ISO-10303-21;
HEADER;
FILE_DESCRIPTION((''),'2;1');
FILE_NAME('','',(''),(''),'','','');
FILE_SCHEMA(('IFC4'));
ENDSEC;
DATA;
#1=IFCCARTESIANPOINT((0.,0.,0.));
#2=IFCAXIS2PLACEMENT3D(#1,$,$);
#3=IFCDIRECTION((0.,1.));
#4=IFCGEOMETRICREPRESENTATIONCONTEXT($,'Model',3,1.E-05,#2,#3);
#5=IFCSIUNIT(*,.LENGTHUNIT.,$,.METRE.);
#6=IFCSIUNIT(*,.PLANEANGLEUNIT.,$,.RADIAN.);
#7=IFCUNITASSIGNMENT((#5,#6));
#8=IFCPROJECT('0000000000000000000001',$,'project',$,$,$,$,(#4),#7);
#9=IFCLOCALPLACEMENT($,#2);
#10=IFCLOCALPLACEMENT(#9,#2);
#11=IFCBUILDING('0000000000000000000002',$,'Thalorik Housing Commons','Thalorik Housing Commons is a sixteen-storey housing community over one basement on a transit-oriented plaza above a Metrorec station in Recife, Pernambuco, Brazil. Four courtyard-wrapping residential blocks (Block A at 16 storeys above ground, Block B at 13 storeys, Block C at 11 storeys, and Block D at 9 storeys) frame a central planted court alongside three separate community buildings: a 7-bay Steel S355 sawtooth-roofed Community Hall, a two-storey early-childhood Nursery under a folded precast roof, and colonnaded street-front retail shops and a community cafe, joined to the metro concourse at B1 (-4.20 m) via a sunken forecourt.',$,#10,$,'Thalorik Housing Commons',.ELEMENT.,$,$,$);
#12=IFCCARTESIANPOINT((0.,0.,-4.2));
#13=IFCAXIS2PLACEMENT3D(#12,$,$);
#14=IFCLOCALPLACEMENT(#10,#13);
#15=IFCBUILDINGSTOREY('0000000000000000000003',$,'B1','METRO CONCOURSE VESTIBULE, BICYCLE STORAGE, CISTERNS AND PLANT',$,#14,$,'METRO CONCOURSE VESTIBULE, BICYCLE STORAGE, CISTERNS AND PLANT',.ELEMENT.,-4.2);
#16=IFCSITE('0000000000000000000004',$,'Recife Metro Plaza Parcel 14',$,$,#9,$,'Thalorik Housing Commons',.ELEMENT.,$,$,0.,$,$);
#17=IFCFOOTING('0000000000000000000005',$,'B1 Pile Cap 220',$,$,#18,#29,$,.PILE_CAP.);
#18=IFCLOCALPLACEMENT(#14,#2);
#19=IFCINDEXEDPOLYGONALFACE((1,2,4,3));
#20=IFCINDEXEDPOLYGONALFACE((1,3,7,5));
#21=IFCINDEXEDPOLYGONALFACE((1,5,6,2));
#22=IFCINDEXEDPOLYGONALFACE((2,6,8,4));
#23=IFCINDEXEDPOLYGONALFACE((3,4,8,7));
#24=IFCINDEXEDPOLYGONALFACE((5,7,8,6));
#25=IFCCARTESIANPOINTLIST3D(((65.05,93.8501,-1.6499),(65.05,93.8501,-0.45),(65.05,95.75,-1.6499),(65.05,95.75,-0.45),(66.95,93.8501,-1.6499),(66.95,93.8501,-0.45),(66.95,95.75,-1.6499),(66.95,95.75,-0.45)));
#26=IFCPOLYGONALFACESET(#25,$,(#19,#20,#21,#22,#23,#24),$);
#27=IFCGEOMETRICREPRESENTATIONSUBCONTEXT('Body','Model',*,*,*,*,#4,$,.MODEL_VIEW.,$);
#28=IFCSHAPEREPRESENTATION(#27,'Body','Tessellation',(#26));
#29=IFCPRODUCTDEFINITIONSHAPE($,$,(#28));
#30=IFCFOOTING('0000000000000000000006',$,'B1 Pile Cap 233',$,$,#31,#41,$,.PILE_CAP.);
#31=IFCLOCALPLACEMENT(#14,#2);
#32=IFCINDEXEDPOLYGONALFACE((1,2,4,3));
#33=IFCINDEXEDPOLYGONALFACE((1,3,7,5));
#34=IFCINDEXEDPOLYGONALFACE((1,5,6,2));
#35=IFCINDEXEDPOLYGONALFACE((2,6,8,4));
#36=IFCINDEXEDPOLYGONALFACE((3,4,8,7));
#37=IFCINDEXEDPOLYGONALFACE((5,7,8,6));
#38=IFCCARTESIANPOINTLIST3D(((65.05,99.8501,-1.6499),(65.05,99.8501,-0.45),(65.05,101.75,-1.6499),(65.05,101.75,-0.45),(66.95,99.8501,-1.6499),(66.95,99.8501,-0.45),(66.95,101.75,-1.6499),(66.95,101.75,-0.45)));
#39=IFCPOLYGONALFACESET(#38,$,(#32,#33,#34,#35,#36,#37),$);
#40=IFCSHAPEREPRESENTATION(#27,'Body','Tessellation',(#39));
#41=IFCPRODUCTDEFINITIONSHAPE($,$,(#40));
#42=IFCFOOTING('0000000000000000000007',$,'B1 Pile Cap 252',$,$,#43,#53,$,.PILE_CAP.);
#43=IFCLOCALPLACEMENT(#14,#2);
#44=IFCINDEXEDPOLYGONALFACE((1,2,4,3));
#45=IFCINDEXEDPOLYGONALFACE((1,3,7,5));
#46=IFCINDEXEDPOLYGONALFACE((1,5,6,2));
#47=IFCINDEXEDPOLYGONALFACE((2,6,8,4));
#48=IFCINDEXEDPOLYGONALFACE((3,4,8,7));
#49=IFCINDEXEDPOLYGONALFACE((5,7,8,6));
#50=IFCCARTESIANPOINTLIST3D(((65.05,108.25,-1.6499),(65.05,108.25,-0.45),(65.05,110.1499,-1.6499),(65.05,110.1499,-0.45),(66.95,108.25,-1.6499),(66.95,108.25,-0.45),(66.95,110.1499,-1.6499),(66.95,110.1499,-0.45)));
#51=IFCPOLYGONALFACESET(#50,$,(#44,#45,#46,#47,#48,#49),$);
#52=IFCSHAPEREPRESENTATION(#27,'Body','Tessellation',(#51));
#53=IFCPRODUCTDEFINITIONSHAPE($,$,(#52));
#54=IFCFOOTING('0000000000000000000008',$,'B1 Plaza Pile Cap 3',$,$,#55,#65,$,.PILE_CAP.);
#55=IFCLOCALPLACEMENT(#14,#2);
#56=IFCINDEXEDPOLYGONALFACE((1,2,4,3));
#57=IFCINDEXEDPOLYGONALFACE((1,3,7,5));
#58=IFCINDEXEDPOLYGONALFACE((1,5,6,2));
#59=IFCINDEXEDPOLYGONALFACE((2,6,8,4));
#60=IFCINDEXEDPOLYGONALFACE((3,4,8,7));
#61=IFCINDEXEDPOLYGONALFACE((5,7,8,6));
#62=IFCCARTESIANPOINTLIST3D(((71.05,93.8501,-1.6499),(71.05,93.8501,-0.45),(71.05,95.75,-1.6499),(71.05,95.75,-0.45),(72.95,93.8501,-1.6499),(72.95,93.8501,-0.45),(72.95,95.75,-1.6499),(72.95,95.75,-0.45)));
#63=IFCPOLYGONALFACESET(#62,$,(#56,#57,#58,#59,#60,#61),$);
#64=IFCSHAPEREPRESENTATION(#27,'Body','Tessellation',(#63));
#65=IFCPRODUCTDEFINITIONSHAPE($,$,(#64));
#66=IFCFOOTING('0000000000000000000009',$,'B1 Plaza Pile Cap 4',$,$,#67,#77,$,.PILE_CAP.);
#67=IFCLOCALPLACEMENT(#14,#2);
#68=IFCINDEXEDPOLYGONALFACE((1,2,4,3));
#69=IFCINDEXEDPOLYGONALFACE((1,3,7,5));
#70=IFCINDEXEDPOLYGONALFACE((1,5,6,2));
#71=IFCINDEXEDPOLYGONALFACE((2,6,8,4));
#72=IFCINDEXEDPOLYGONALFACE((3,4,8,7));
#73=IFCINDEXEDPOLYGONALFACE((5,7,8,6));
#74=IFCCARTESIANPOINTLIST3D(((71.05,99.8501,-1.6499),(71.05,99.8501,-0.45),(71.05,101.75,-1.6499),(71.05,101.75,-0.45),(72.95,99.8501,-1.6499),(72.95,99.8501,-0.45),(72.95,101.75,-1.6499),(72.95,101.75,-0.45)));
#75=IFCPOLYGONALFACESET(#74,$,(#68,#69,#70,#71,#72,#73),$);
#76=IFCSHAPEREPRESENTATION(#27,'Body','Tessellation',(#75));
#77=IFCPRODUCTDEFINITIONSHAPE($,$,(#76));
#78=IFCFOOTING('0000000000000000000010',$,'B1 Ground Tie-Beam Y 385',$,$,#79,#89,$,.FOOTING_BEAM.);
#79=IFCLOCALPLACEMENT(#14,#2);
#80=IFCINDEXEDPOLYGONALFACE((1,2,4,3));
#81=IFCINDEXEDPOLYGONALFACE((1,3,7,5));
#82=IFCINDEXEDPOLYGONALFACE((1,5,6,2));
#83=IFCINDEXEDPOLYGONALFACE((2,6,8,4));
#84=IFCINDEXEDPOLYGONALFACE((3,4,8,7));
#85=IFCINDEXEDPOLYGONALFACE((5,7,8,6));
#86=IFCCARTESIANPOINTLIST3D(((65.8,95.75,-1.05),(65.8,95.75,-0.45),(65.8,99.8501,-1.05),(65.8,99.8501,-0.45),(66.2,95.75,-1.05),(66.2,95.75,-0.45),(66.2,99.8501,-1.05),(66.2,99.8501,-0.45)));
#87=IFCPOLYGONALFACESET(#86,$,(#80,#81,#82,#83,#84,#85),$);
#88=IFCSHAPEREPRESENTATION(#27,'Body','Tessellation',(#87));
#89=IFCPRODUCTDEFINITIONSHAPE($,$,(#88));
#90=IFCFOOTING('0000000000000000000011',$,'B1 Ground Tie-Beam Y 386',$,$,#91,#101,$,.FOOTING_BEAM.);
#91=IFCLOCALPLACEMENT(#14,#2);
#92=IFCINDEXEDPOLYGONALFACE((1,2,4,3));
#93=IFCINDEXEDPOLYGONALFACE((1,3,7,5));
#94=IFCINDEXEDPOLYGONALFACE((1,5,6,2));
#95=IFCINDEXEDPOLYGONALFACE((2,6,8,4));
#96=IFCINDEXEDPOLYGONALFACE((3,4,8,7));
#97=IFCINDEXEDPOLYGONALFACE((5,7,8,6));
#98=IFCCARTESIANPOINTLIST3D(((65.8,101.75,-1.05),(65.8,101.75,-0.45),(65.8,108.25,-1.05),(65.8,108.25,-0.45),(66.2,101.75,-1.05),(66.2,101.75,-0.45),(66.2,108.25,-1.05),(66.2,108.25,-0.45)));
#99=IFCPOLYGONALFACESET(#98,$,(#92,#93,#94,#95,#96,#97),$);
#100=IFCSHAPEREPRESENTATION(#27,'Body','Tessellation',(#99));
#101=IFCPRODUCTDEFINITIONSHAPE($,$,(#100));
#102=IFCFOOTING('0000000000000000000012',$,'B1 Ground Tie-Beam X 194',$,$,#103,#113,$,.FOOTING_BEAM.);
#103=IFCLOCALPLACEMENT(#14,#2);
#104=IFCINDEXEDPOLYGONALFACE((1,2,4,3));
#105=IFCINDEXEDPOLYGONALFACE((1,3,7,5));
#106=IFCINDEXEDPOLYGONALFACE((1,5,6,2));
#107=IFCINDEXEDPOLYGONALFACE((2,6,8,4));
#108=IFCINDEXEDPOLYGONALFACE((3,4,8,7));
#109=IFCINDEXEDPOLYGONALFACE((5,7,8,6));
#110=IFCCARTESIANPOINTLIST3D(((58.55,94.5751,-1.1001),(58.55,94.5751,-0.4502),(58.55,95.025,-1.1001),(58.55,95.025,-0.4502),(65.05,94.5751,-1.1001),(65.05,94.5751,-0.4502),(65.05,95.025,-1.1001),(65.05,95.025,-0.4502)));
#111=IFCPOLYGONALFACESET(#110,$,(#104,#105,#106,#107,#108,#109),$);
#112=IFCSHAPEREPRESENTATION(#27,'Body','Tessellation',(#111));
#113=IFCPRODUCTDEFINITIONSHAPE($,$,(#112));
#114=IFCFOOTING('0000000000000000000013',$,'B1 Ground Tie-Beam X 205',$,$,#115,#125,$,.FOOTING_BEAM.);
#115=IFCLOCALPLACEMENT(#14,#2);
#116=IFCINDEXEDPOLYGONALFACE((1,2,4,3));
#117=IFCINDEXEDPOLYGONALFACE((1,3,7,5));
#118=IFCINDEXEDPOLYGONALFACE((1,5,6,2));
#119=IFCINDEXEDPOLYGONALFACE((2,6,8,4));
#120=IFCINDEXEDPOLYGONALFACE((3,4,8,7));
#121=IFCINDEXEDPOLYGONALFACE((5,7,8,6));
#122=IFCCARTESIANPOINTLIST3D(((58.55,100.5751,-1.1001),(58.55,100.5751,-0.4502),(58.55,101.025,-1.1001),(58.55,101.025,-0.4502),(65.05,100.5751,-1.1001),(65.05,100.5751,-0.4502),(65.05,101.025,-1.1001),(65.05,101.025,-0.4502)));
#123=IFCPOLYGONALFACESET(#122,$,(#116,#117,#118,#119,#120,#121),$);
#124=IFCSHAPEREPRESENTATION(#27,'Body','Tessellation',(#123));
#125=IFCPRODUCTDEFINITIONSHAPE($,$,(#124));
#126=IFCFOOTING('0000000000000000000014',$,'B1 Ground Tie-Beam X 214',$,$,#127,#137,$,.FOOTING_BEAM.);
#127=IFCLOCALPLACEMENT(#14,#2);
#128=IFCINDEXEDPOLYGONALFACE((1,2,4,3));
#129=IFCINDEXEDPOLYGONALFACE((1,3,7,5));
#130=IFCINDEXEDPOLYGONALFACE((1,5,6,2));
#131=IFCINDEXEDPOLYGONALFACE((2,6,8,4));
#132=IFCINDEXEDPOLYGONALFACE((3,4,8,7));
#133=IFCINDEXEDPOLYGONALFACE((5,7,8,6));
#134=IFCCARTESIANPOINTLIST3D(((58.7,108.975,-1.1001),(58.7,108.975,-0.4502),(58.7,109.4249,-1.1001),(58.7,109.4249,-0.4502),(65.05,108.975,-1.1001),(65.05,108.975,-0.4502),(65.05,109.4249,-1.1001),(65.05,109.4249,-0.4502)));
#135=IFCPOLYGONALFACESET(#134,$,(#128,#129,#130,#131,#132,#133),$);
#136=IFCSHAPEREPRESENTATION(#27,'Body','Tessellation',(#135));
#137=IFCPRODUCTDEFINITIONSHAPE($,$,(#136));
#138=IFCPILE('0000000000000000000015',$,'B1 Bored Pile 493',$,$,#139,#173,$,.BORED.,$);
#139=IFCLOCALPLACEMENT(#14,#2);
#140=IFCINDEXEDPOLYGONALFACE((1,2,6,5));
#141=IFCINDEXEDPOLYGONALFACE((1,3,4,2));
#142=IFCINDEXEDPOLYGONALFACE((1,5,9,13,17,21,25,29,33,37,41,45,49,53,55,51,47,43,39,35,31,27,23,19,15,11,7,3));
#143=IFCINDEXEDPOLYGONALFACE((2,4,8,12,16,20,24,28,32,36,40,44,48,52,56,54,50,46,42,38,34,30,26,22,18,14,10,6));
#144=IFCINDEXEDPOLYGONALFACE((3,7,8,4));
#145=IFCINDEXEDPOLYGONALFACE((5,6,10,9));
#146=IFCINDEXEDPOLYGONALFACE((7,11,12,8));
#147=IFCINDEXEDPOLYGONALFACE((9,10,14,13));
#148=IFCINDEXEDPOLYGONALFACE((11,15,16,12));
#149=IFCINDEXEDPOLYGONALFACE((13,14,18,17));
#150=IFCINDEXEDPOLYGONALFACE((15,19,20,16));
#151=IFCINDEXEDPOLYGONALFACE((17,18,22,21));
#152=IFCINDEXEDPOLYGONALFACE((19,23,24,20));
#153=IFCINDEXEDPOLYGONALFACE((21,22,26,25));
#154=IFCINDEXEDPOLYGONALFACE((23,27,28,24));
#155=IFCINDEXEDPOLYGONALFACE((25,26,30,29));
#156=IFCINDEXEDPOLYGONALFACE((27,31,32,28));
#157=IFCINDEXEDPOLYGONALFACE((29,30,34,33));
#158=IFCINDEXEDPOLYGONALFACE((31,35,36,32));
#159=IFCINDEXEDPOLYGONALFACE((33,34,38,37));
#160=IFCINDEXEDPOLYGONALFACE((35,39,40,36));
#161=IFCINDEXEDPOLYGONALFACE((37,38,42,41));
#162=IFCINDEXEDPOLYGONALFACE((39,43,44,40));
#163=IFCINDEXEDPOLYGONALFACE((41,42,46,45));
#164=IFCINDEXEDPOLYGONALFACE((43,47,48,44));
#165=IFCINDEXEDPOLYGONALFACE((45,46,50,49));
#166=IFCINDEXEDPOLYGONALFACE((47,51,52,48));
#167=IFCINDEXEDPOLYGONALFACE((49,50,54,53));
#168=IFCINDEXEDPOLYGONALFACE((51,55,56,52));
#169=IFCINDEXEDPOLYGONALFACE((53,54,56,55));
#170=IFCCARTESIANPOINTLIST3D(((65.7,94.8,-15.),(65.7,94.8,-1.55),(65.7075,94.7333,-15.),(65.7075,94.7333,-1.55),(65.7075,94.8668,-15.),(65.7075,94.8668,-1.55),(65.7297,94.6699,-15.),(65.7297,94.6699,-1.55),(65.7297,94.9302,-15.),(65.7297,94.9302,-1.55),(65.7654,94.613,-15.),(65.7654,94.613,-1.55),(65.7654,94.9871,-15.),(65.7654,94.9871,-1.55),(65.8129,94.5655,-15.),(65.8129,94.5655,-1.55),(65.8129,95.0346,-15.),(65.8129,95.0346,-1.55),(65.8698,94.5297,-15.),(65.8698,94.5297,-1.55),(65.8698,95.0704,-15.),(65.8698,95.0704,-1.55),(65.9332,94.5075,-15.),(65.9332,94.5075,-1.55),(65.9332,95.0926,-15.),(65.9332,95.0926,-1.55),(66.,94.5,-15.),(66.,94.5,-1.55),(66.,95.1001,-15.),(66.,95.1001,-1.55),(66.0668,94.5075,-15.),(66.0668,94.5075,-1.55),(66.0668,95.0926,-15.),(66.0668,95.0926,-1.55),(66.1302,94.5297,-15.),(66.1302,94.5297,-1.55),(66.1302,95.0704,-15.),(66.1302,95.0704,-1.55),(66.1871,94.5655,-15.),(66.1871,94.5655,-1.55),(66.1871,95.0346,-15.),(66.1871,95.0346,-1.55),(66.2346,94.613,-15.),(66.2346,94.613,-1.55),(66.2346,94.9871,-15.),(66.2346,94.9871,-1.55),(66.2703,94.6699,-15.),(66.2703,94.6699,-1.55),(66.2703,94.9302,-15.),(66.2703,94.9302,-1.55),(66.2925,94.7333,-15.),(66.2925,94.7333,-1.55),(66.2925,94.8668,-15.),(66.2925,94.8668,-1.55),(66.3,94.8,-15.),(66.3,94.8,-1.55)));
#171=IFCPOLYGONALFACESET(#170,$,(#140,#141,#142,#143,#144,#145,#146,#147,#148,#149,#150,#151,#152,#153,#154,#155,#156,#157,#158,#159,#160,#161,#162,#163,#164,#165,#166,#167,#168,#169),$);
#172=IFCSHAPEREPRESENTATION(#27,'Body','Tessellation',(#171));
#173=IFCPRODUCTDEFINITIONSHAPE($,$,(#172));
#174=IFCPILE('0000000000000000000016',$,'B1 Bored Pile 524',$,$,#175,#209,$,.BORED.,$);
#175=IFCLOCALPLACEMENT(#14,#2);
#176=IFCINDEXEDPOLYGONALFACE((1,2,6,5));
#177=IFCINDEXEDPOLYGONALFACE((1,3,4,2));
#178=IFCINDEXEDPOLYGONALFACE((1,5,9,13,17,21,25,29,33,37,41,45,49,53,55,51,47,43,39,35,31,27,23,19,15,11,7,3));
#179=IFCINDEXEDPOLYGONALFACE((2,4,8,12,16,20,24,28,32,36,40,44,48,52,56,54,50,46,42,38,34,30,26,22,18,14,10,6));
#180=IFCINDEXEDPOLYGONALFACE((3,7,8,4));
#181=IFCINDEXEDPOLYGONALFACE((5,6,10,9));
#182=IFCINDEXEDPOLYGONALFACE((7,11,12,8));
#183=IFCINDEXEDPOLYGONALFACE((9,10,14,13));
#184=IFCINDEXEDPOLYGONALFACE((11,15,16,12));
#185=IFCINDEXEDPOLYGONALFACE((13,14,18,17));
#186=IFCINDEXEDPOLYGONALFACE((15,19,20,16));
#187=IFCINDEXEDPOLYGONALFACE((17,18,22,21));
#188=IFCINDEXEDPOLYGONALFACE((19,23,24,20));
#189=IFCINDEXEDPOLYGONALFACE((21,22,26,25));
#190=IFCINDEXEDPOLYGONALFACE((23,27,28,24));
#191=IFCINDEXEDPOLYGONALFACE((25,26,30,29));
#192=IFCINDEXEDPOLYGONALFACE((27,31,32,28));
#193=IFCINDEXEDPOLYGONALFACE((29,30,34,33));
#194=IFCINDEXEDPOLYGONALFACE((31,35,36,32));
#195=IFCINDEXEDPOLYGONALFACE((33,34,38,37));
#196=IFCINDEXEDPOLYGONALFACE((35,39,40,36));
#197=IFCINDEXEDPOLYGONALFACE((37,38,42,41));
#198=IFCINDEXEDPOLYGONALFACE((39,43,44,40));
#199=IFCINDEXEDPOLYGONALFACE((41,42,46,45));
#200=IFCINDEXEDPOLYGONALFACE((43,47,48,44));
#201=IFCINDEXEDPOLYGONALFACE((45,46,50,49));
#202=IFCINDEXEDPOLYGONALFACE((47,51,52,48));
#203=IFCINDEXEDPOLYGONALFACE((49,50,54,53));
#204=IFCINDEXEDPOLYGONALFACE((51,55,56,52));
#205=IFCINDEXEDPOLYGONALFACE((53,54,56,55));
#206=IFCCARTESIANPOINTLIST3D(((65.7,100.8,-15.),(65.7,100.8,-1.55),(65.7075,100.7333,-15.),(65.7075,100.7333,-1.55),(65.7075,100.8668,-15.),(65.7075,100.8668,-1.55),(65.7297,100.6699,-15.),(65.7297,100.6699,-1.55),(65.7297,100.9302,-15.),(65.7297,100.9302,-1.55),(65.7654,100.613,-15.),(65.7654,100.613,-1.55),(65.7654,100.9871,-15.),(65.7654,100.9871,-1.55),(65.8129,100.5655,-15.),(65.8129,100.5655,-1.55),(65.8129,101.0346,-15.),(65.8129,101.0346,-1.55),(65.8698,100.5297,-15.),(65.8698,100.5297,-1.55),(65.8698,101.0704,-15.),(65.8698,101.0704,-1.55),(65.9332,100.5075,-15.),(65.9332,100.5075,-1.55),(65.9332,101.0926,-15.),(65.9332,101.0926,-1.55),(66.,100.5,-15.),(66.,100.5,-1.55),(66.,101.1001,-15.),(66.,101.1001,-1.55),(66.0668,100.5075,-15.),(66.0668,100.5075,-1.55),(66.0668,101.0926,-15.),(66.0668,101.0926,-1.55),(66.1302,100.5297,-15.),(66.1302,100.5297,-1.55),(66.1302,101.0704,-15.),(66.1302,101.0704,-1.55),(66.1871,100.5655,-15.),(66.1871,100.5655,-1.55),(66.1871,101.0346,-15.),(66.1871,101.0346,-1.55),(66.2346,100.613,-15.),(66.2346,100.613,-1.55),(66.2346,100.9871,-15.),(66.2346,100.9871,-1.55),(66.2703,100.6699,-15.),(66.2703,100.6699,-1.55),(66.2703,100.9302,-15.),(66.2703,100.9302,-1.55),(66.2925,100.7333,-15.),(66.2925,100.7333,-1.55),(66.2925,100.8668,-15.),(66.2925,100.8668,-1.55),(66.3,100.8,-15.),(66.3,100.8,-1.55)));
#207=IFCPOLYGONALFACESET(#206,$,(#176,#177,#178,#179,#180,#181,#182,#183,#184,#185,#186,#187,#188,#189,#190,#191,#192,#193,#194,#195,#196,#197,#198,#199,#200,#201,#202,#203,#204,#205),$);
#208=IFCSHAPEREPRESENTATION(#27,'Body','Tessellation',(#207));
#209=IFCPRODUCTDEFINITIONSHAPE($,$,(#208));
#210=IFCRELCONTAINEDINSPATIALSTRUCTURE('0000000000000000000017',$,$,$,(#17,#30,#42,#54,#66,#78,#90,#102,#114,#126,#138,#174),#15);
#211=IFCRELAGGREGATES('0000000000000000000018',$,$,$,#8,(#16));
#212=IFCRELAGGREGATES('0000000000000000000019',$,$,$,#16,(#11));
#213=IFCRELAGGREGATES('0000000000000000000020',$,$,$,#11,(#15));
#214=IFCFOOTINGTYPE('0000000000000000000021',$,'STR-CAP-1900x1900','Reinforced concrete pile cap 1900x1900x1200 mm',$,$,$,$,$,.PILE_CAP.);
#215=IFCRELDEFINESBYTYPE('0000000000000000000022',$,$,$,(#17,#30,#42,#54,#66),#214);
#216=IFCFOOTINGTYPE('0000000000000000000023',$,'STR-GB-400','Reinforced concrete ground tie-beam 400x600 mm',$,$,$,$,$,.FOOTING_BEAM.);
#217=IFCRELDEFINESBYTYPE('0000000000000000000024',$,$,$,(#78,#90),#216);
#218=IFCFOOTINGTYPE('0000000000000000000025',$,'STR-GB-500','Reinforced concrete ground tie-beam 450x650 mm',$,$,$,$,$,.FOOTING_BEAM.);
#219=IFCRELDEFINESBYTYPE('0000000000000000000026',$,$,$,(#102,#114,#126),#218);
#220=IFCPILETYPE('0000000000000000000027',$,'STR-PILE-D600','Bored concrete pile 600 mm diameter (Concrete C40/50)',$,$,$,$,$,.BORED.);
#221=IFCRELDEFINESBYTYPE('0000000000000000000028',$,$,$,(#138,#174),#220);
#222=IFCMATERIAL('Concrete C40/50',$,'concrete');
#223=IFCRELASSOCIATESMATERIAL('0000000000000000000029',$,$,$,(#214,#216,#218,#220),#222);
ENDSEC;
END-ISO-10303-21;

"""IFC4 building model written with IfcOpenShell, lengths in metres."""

from ifc_helpers import new_model, si_unit, direction, frame, origin, origin_2d, place, context, subcontext, project, spatial, rectangle, circle, extrude, material, material_profile, profile_set, type_object, element, save


model = new_model("IFC4")

# Units and contexts
model_context = context("Model", 3, precision=1e-05, world=origin(), true_north=direction((0.0, 1.0)))
body_context = subcontext(model_context, "Body", "Model", "MODEL_VIEW")
ifc_project = project(units=[si_unit("LENGTHUNIT", "METRE"), si_unit("PLANEANGLEUNIT", "RADIAN")], contexts=[model_context])

# Site, building, storey
site_placement = place(None, origin())
site = spatial("IfcSite", under=ifc_project, at=site_placement, Name="Recife Metro Plaza Parcel 14", LongName="Thalorik Housing Commons", CompositionType="ELEMENT", RefElevation=0.0)
building_placement = place(site_placement, origin())
building = spatial("IfcBuilding", under=site, at=building_placement, Name="Thalorik Housing Commons", Description="Thalorik Housing Commons is a sixteen-storey housing community over one basement on a transit-oriented plaza above a Metrorec station in Recife, Pernambuco, Brazil. Four courtyard-wrapping residential blocks (Block A at 16 storeys above ground, Block B at 13 storeys, Block C at 11 storeys, and Block D at 9 storeys) frame a central planted court alongside three separate community buildings: a 7-bay Steel S355 sawtooth-roofed Community Hall, a two-storey early-childhood Nursery under a folded precast roof, and colonnaded street-front retail shops and a community cafe, joined to the metro concourse at B1 (-4.20 m) via a sunken forecourt.", LongName="Thalorik Housing Commons", CompositionType="ELEMENT")
storey_placement = place(building_placement, frame((0.0, 0.0, -4.2)))
storey = spatial("IfcBuildingStorey", under=building, at=storey_placement, Name="B1", Description="METRO CONCOURSE VESTIBULE, BICYCLE STORAGE, CISTERNS AND PLANT", LongName="METRO CONCOURSE VESTIBULE, BICYCLE STORAGE, CISTERNS AND PLANT", CompositionType="ELEMENT", Elevation=-4.2)

# Footings
ifc_material_1 = material(Name="Concrete C40/50", Category="concrete")
footing_type_1 = type_object("IfcFootingType", Name="STR-CAP-1900x1900", Description="Reinforced concrete pile cap 1900x1900x1200 mm", PredefinedType="PILE_CAP", material=ifc_material_1)
for number, where, z_axis, x_axis, name in (
    (1, (66.0, 94.8, -1.6499), (0.0, 0.0, 1.0), (1.0, 0.0, 0.0), "B1 Pile Cap 220"),
    (2, (66.0, 100.8, -1.6499), (0.0, 0.0, 1.0), (1.0, 0.0, 0.0), "B1 Pile Cap 233"),
    (3, (66.0, 109.2, -1.6499), (0.0, 0.0, 1.0), (1.0, 0.0, 0.0), "B1 Pile Cap 252"),
    (4, (72.0, 94.8, -1.6499), (0.0, 0.0, 1.0), (1.0, 0.0, 0.0), "B1 Plaza Pile Cap 3"),
    (5, (72.0, 100.8, -1.6499), (0.0, 0.0, 1.0), (1.0, 0.0, 0.0), "B1 Plaza Pile Cap 4"),
):
    element("IfcFooting", number, at=place(storey_placement, frame(where, z_axis=z_axis, x_axis=x_axis)), inside=storey, type_object=footing_type_1, Name=name, PredefinedType="PILE_CAP", context=body_context, shape_type="SweptSolid", body=[
        extrude(rectangle(XDim=1.8999, YDim=1.8999, at=origin_2d()), origin(), (0.0, 0.0, 1.0), 1.2),
    ])
ifc_material_profile_1 = material_profile(ifc_material_1, rectangle(XDim=0.3999, YDim=0.6001, at=origin_2d()), Name="RC 400x600", Category="concrete")
ifc_profile_set_1 = profile_set([ifc_material_profile_1], Name="Concrete C40/50")
footing_type_2 = type_object("IfcFootingType", Name="STR-GB-400", Description="Reinforced concrete ground tie-beam 400x600 mm", PredefinedType="FOOTING_BEAM", material=ifc_profile_set_1)
footing_1_placement = place(storey_placement, frame((66.0, 95.75, -0.75), z_axis=(0.0, 1.0, 0.0), x_axis=(-1.0, 0.0, 0.0)))
element("IfcFooting", 6, at=footing_1_placement, inside=storey, type_object=footing_type_2, Name="B1 Ground Tie-Beam Y 385", PredefinedType="FOOTING_BEAM", context=body_context, shape_type="SweptSolid", body=[
    extrude(rectangle(XDim=0.3999, YDim=0.6001, at=origin_2d()), origin(), (0.0, 0.0, 1.0), 4.1001),
])
footing_2_placement = place(storey_placement, frame((66.0, 101.75, -0.75), z_axis=(0.0, 1.0, 0.0), x_axis=(-1.0, 0.0, 0.0)))
element("IfcFooting", 7, at=footing_2_placement, inside=storey, type_object=footing_type_2, Name="B1 Ground Tie-Beam Y 386", PredefinedType="FOOTING_BEAM", context=body_context, shape_type="SweptSolid", body=[
    extrude(rectangle(XDim=0.3999, YDim=0.6001, at=origin_2d()), origin(), (0.0, 0.0, 1.0), 6.5),
])
ifc_material_profile_2 = material_profile(ifc_material_1, rectangle(XDim=0.45, YDim=0.6499, at=origin_2d()), Name="RC 450x650", Category="concrete")
ifc_profile_set_2 = profile_set([ifc_material_profile_2], Name="Concrete C40/50")
footing_type_3 = type_object("IfcFootingType", Name="STR-GB-500", Description="Reinforced concrete ground tie-beam 450x650 mm", PredefinedType="FOOTING_BEAM", material=ifc_profile_set_2)
for number, where, z_axis, x_axis, name in (
    (8, (58.55, 94.8, -0.7751), (1.0, 0.0, 0.0), (0.0, 1.0, 0.0), "B1 Ground Tie-Beam X 194"),
    (9, (58.55, 100.8, -0.7751), (1.0, 0.0, 0.0), (0.0, 1.0, 0.0), "B1 Ground Tie-Beam X 205"),
):
    element("IfcFooting", number, at=place(storey_placement, frame(where, z_axis=z_axis, x_axis=x_axis)), inside=storey, type_object=footing_type_3, Name=name, PredefinedType="FOOTING_BEAM", context=body_context, shape_type="SweptSolid", body=[
        extrude(rectangle(XDim=0.45, YDim=0.6499, at=origin_2d()), origin(), (0.0, 0.0, 1.0), 6.5),
    ])
footing_3_placement = place(storey_placement, frame((58.7, 109.2, -0.7751), z_axis=(1.0, 0.0, 0.0), x_axis=(0.0, 1.0, 0.0)))
element("IfcFooting", 10, at=footing_3_placement, inside=storey, type_object=footing_type_3, Name="B1 Ground Tie-Beam X 214", PredefinedType="FOOTING_BEAM", context=body_context, shape_type="SweptSolid", body=[
    extrude(rectangle(XDim=0.45, YDim=0.6499, at=origin_2d()), origin(), (0.0, 0.0, 1.0), 6.3501),
])

# Piles
ifc_material_profile_3 = material_profile(ifc_material_1, circle(Radius=0.3, at=origin_2d()), Name="BORED PILE D600", Category="concrete")
ifc_profile_set_3 = profile_set([ifc_material_profile_3], Name="Concrete C40/50")
pile_type_1 = type_object("IfcPileType", Name="STR-PILE-D600", Description="Bored concrete pile 600 mm diameter (Concrete C40/50)", PredefinedType="BORED", material=ifc_profile_set_3)
for number, where, z_axis, x_axis, name in (
    (11, (66.0, 94.8, -1.55), (0.0, 0.0, -1.0), (1.0, 0.0, 0.0), "B1 Bored Pile 493"),
    (12, (66.0, 100.8, -1.55), (0.0, 0.0, -1.0), (1.0, 0.0, 0.0), "B1 Bored Pile 524"),
):
    element("IfcPile", number, at=place(storey_placement, frame(where, z_axis=z_axis, x_axis=x_axis)), inside=storey, type_object=pile_type_1, Name=name, PredefinedType="BORED", context=body_context, shape_type="SweptSolid", body=[
        extrude(circle(Radius=0.3, at=origin_2d()), origin(), (0.0, 0.0, 1.0), 13.45),
    ])

save(model, "model.ifc")
